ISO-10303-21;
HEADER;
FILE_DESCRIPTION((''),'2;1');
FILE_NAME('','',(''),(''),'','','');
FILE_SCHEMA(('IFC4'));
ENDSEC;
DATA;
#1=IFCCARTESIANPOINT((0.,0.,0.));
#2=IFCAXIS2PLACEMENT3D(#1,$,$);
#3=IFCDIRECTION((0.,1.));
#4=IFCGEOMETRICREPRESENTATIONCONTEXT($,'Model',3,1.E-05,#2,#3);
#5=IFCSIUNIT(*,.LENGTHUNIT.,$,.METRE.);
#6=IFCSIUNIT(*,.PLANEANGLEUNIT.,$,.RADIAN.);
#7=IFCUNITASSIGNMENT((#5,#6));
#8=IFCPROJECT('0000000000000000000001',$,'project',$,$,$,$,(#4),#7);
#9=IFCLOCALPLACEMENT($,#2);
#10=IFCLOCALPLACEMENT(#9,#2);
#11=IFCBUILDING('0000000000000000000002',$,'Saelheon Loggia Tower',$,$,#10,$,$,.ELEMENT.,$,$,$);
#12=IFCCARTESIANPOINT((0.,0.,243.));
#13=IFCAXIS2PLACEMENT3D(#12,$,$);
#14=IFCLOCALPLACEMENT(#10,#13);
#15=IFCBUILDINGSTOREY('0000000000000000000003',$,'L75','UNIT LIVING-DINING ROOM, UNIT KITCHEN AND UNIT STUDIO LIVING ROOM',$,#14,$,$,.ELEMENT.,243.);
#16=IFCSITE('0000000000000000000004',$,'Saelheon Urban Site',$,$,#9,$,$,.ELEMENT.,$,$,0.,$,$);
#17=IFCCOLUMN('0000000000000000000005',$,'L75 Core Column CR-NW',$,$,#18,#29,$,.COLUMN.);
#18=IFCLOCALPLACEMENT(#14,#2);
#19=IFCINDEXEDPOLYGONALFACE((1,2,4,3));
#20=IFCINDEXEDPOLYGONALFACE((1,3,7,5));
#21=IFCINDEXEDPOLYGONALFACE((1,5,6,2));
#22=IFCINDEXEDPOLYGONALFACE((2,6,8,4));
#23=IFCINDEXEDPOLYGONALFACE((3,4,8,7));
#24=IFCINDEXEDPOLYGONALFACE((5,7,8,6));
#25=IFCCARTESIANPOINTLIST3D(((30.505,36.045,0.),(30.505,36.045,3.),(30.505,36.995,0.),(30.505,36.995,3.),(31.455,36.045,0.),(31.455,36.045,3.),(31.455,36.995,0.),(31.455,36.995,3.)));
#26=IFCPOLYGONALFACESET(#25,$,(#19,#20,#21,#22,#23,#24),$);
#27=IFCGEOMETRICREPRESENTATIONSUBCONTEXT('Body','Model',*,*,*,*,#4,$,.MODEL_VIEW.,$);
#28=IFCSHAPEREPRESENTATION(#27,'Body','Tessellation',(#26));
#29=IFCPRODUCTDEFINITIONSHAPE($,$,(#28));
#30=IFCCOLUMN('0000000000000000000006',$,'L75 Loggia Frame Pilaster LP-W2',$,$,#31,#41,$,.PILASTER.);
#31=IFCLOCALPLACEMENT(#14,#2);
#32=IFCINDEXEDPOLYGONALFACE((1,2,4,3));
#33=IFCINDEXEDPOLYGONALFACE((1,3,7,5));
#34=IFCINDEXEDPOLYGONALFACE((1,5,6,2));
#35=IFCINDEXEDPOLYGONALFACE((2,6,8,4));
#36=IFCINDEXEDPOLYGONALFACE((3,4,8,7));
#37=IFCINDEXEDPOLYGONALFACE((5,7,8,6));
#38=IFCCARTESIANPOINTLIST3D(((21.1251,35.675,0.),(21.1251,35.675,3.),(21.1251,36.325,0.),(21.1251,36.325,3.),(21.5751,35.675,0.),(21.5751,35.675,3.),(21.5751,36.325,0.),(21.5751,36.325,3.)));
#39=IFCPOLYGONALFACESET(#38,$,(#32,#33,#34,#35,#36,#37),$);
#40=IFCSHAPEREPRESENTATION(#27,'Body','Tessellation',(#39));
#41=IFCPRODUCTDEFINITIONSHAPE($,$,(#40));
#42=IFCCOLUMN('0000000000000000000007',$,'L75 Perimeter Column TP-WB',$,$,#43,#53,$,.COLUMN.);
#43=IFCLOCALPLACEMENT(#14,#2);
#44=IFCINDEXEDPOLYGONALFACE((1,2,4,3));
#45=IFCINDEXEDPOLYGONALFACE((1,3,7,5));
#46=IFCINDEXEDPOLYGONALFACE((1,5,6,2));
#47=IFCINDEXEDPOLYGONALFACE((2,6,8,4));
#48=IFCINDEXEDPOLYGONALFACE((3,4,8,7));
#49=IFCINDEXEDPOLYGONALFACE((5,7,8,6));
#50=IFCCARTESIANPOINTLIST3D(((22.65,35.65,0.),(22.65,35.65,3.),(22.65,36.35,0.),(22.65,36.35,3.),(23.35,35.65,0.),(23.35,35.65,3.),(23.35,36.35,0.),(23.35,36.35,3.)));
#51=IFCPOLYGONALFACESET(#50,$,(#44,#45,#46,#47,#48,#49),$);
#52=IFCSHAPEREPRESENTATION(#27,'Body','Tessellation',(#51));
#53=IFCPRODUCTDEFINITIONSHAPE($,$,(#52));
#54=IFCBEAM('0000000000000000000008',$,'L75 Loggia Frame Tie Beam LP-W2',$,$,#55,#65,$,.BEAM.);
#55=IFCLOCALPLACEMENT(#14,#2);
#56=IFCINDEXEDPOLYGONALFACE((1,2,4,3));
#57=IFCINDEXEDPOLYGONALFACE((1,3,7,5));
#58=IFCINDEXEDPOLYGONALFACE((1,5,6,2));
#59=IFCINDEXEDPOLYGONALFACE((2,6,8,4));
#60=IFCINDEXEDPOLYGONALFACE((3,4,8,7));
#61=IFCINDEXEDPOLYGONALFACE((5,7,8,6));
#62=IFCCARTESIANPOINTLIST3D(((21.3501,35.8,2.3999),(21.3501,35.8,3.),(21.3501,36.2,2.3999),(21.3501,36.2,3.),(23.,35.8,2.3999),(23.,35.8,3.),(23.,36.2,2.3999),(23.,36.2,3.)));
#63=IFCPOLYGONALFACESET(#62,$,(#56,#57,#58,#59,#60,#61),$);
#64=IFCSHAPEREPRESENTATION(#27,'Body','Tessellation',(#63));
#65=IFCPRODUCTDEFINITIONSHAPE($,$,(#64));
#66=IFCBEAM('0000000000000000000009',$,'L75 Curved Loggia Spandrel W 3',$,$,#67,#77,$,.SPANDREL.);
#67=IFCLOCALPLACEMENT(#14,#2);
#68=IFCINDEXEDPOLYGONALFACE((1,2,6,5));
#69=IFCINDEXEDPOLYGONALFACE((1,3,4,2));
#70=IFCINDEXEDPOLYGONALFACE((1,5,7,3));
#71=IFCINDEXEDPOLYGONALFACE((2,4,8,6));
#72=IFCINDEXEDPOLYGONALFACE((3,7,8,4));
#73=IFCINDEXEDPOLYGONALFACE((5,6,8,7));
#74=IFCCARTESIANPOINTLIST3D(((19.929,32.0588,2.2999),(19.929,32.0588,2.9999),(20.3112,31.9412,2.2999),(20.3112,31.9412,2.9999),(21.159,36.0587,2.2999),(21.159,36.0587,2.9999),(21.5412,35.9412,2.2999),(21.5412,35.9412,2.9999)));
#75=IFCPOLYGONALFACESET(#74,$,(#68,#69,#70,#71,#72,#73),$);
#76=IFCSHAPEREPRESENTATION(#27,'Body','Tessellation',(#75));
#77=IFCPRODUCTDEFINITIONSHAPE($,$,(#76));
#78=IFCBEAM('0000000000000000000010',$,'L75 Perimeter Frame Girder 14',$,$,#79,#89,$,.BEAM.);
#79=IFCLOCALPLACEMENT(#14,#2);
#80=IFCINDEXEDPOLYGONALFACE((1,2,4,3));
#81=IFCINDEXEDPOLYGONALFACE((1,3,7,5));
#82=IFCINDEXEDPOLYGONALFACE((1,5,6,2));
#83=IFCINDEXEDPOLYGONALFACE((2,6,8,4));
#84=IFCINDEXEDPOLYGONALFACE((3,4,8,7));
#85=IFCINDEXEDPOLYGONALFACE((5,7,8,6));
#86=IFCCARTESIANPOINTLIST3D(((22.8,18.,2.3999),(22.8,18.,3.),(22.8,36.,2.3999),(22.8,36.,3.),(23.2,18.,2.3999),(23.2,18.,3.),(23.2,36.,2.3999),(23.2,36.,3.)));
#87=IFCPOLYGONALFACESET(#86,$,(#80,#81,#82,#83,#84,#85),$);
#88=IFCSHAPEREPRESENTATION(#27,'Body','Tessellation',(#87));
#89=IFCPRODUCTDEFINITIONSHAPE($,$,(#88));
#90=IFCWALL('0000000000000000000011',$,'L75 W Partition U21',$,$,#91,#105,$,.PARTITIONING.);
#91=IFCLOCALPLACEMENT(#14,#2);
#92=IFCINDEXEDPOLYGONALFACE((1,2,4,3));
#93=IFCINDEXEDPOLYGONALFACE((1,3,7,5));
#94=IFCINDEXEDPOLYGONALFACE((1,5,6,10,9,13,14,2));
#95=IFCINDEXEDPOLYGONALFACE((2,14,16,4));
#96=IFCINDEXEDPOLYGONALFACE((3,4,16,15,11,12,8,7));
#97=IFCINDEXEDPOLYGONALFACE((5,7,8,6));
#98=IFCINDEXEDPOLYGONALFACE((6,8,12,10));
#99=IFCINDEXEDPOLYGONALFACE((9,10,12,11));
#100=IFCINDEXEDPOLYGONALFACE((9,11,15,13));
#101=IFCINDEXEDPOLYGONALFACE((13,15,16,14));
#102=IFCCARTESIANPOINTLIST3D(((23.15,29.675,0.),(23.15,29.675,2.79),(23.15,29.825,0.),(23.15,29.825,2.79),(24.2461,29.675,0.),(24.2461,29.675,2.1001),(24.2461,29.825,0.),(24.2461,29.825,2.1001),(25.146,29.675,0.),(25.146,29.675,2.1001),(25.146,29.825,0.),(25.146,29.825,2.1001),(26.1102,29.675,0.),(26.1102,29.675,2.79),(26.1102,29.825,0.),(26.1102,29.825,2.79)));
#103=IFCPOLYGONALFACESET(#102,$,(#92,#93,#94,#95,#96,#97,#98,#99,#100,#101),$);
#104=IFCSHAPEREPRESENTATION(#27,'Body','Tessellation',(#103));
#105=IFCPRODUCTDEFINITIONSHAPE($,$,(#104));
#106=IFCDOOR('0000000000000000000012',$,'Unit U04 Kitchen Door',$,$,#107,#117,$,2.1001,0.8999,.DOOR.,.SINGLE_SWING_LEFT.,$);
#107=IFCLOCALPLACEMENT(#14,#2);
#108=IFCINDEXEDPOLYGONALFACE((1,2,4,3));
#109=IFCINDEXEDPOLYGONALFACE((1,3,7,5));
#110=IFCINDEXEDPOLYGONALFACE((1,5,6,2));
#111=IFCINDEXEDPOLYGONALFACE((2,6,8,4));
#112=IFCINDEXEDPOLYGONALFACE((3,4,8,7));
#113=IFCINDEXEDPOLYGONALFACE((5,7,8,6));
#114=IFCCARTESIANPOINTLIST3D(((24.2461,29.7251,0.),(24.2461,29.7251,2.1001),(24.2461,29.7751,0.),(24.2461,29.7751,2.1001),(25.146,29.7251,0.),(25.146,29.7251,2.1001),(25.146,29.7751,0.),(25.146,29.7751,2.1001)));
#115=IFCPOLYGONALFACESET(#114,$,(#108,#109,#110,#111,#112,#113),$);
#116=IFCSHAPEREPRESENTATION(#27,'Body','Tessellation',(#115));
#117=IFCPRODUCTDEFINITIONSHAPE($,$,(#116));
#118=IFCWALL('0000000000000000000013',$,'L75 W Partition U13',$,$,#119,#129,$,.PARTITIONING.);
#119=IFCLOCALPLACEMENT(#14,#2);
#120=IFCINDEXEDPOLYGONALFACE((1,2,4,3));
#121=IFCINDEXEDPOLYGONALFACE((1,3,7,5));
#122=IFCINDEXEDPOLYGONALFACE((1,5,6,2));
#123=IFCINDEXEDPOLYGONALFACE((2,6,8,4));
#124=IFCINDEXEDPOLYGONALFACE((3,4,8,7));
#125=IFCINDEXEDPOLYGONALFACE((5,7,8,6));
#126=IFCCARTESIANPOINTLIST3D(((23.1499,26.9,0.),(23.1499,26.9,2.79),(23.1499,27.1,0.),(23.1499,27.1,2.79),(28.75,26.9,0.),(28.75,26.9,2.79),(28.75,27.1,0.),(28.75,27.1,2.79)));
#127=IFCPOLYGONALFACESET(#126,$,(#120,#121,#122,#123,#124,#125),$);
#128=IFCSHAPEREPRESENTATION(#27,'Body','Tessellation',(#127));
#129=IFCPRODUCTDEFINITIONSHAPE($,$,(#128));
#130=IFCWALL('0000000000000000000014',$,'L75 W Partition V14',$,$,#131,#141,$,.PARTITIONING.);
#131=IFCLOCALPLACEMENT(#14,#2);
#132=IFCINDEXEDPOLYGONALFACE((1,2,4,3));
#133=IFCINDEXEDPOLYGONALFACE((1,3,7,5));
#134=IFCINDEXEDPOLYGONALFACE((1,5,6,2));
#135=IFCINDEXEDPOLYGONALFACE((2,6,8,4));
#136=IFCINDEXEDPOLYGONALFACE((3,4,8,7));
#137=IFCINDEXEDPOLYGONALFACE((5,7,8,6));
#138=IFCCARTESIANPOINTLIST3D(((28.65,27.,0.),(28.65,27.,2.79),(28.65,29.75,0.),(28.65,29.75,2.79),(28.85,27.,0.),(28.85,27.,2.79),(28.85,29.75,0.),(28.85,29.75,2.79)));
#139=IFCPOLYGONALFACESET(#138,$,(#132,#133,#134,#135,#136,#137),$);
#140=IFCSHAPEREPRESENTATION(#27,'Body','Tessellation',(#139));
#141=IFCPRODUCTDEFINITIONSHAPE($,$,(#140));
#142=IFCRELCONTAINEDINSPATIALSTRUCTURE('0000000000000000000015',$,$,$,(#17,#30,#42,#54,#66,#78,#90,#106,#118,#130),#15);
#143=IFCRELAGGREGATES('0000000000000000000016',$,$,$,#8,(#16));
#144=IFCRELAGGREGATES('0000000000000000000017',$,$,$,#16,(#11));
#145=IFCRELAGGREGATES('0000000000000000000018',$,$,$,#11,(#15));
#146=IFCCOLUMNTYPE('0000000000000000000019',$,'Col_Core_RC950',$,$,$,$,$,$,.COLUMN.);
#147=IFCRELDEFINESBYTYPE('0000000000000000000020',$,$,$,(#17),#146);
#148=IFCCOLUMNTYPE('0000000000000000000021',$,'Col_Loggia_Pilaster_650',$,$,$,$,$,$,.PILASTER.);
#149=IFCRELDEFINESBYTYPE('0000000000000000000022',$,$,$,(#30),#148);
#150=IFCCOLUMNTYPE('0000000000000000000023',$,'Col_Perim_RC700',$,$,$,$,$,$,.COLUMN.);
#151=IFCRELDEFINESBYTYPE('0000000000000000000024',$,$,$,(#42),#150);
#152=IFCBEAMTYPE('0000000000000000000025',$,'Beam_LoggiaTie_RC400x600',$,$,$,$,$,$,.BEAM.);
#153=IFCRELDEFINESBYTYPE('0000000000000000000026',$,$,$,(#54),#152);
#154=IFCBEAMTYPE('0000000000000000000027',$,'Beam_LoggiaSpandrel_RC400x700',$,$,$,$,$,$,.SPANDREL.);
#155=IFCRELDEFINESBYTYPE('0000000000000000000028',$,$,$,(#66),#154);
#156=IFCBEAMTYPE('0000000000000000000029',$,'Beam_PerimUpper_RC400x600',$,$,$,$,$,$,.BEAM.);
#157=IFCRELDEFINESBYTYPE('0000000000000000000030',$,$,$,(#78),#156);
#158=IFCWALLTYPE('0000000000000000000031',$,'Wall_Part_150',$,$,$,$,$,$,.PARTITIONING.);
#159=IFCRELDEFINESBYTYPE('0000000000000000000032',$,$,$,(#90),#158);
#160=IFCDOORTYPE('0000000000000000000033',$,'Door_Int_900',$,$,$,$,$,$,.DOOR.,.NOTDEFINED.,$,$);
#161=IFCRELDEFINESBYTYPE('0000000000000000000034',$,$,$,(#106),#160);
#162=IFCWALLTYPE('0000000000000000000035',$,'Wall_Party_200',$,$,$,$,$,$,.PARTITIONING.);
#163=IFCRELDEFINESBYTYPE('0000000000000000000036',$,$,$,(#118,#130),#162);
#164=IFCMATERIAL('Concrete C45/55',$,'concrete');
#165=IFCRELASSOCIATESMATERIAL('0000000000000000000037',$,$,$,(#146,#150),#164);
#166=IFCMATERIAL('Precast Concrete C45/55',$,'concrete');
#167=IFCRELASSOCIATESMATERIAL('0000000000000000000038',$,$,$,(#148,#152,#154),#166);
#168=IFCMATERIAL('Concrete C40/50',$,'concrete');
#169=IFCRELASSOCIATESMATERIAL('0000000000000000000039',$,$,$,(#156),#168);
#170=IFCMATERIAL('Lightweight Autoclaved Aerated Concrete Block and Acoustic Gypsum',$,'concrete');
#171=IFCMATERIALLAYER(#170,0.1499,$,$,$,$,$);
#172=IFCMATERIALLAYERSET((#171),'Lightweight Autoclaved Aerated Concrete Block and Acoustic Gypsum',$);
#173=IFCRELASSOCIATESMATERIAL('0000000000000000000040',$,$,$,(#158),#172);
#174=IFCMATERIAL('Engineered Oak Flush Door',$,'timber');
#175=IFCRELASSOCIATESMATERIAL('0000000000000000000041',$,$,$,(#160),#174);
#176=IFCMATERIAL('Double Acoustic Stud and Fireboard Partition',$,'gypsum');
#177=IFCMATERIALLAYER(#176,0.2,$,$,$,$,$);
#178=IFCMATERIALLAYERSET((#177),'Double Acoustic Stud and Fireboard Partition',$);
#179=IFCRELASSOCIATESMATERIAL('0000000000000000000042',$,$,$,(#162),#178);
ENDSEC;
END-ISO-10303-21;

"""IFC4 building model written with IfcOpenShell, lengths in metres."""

from ifc_helpers import new_model, si_unit, direction, frame, frame_2d, origin, origin_2d, place, context, subcontext, project, spatial, rectangle, extrude, source, transform, mapped, material, layer, layer_set, material_profile, profile_set, type_object, element, fill, save


model = new_model("IFC4")

# Units and contexts
model_context = context("Model", 3, precision=1e-05, world=origin(), true_north=direction((0.0, 1.0)))
body_context = subcontext(model_context, "Body", "Model", "MODEL_VIEW")
ifc_project = project(units=[si_unit("LENGTHUNIT", "METRE"), si_unit("PLANEANGLEUNIT", "RADIAN")], contexts=[model_context])

# Site, building, storey
site_placement = place(None, origin())
site = spatial("IfcSite", under=ifc_project, at=site_placement, Name="Saelheon Urban Site", CompositionType="ELEMENT", RefElevation=0.0)
building_placement = place(site_placement, origin())
building = spatial("IfcBuilding", under=site, at=building_placement, Name="Saelheon Loggia Tower", CompositionType="ELEMENT")
storey_placement = place(building_placement, frame((0.0, 0.0, 243.0)))
storey = spatial("IfcBuildingStorey", under=building, at=storey_placement, Name="L75", Description="UNIT LIVING-DINING ROOM, UNIT KITCHEN AND UNIT STUDIO LIVING ROOM", CompositionType="ELEMENT", Elevation=243.0)

# Columns
ifc_material_1 = material(Name="Concrete C45/55", Category="concrete")
ifc_material_profile_1 = material_profile(ifc_material_1, rectangle(XDim=0.95, YDim=0.95, at=origin_2d()), Name="RC-950x950")
ifc_profile_set_1 = profile_set([ifc_material_profile_1], Name="Concrete C45/55")
column_type_1 = type_object("IfcColumnType", Name="Col_Core_RC950", PredefinedType="COLUMN", material=ifc_profile_set_1)
shared_shape_1 = source(origin(), body_context, "Body", "SweptSolid", [
    extrude(rectangle(XDim=0.95, YDim=0.95, at=origin_2d()), origin(), (0.0, 0.0, 1.0), 3.0),
])
column_1_placement = place(storey_placement, frame((30.98, 36.52, 0.0), z_axis=(0.0, 0.0, 1.0), x_axis=(1.0, 0.0, 0.0)))
element("IfcColumn", 1, at=column_1_placement, inside=storey, type_object=column_type_1, Name="L75 Core Column CR-NW", PredefinedType="COLUMN", context=body_context, shape_type="MappedRepresentation", body=[
    mapped(shared_shape_1, transform((0.0, 0.0, 0.0), scale=1.0)),
])
ifc_material_2 = material(Name="Precast Concrete C45/55", Category="concrete")
ifc_material_profile_2 = material_profile(ifc_material_2, rectangle(XDim=0.45, YDim=0.6499, at=origin_2d()), Name="RC-450x650")
ifc_profile_set_2 = profile_set([ifc_material_profile_2], Name="Precast Concrete C45/55")
column_type_2 = type_object("IfcColumnType", Name="Col_Loggia_Pilaster_650", PredefinedType="PILASTER", material=ifc_profile_set_2)
shared_shape_2 = source(origin(), body_context, "Body", "SweptSolid", [
    extrude(rectangle(XDim=0.45, YDim=0.6499, at=origin_2d()), origin(), (0.0, 0.0, 1.0), 3.0),
])
column_2_placement = place(storey_placement, frame((21.3501, 36.0, 0.0), z_axis=(0.0, 0.0, 1.0), x_axis=(1.0, 0.0, 0.0)))
element("IfcColumn", 2, at=column_2_placement, inside=storey, type_object=column_type_2, Name="L75 Loggia Frame Pilaster LP-W2", PredefinedType="PILASTER", context=body_context, shape_type="MappedRepresentation", body=[
    mapped(shared_shape_2, transform((0.0, 0.0, 0.0), scale=1.0)),
])
ifc_material_profile_3 = material_profile(ifc_material_1, rectangle(XDim=0.7, YDim=0.7, at=origin_2d()), Name="RC-700x700")
ifc_profile_set_3 = profile_set([ifc_material_profile_3], Name="Concrete C45/55")
column_type_3 = type_object("IfcColumnType", Name="Col_Perim_RC700", PredefinedType="COLUMN", material=ifc_profile_set_3)
shared_shape_3 = source(origin(), body_context, "Body", "SweptSolid", [
    extrude(rectangle(XDim=0.7, YDim=0.7, at=origin_2d()), origin(), (0.0, 0.0, 1.0), 3.0),
])
column_3_placement = place(storey_placement, frame((23.0, 36.0, 0.0), z_axis=(0.0, 0.0, 1.0), x_axis=(1.0, 0.0, 0.0)))
element("IfcColumn", 3, at=column_3_placement, inside=storey, type_object=column_type_3, Name="L75 Perimeter Column TP-WB", PredefinedType="COLUMN", context=body_context, shape_type="MappedRepresentation", body=[
    mapped(shared_shape_3, transform((0.0, 0.0, 0.0), scale=1.0)),
])

# Beams
ifc_material_profile_4 = material_profile(ifc_material_2, rectangle(XDim=0.3999, YDim=0.6001, at=origin_2d()), Name="RC-400x600")
ifc_profile_set_4 = profile_set([ifc_material_profile_4], Name="Precast Concrete C45/55")
beam_type_1 = type_object("IfcBeamType", Name="Beam_LoggiaTie_RC400x600", PredefinedType="BEAM", material=ifc_profile_set_4)
shared_shape_4 = source(origin(), body_context, "Body", "SweptSolid", [
    extrude(rectangle(XDim=0.3999, YDim=0.6001, at=origin_2d()), origin(), (0.0, 0.0, 1.0), 1.6499),
])
beam_1_placement = place(storey_placement, frame((23.0, 36.0, 2.7), z_axis=(-1.0, 0.0, 0.0), x_axis=(0.0, -1.0, 0.0)))
element("IfcBeam", 4, at=beam_1_placement, inside=storey, type_object=beam_type_1, Name="L75 Loggia Frame Tie Beam LP-W2", PredefinedType="BEAM", context=body_context, shape_type="MappedRepresentation", body=[
    mapped(shared_shape_4, transform((0.0, 0.0, 0.0), scale=1.0)),
])
ifc_material_profile_5 = material_profile(ifc_material_2, rectangle(XDim=0.3999, YDim=0.7, at=origin_2d()), Name="RC-400x700")
ifc_profile_set_5 = profile_set([ifc_material_profile_5], Name="Precast Concrete C45/55")
beam_type_2 = type_object("IfcBeamType", Name="Beam_LoggiaSpandrel_RC400x700", PredefinedType="SPANDREL", material=ifc_profile_set_5)
shared_shape_5 = source(origin(), body_context, "Body", "SweptSolid", [
    extrude(rectangle(XDim=0.3999, YDim=0.7, at=origin_2d()), origin(), (0.0, 0.0, 1.0), 4.1848),
])
beam_2_placement = place(storey_placement, frame((20.1201, 32.0, 2.6499), z_axis=(0.293914, 0.955832, 0.0), x_axis=(-0.955832, 0.293914, 0.0)))
element("IfcBeam", 5, at=beam_2_placement, inside=storey, type_object=beam_type_2, Name="L75 Curved Loggia Spandrel W 3", PredefinedType="SPANDREL", context=body_context, shape_type="MappedRepresentation", body=[
    mapped(shared_shape_5, transform((0.0, 0.0, 0.0), scale=1.0)),
])
ifc_material_3 = material(Name="Concrete C40/50", Category="concrete")
ifc_material_profile_6 = material_profile(ifc_material_3, rectangle(XDim=0.3999, YDim=0.6001, at=origin_2d()), Name="RC-400x600")
ifc_profile_set_6 = profile_set([ifc_material_profile_6], Name="Concrete C40/50")
beam_type_3 = type_object("IfcBeamType", Name="Beam_PerimUpper_RC400x600", PredefinedType="BEAM", material=ifc_profile_set_6)
shared_shape_6 = source(origin(), body_context, "Body", "SweptSolid", [
    extrude(rectangle(XDim=0.3999, YDim=0.6001, at=origin_2d()), origin(), (0.0, 0.0, 1.0), 18.0),
])
beam_3_placement = place(storey_placement, frame((23.0, 36.0, 2.7), z_axis=(0.0, -1.0, 0.0), x_axis=(1.0, 0.0, 0.0)))
element("IfcBeam", 6, at=beam_3_placement, inside=storey, type_object=beam_type_3, Name="L75 Perimeter Frame Girder 14", PredefinedType="BEAM", context=body_context, shape_type="MappedRepresentation", body=[
    mapped(shared_shape_6, transform((0.0, 0.0, 0.0), scale=1.0)),
])

# Wall, opening, door
ifc_material_4 = material(Name="Lightweight Autoclaved Aerated Concrete Block and Acoustic Gypsum", Category="concrete")
ifc_layer_1 = layer(ifc_material_4, 0.1499)
ifc_layer_set_1 = layer_set([ifc_layer_1], Name="Lightweight Autoclaved Aerated Concrete Block and Acoustic Gypsum")
wall_type_1 = type_object("IfcWallType", Name="Wall_Part_150", PredefinedType="PARTITIONING", material=ifc_layer_set_1)
wall_1_placement = place(storey_placement, frame((26.1101, 29.75, 0.0), z_axis=(0.0, 0.0, 1.0), x_axis=(-1.0, 0.0, 0.0)))
wall_1 = element("IfcWall", 7, at=wall_1_placement, inside=storey, type_object=wall_type_1, Name="L75 W Partition U21", PredefinedType="PARTITIONING", context=body_context, shape_type="SweptSolid", body=[
    extrude(rectangle(XDim=2.9602, YDim=0.1499, at=frame_2d((1.48, 0.0))), origin(), (0.0, 0.0, 1.0), 2.79),
])
opening_1_placement = place(wall_1_placement, frame((0.9641, 0.0, 0.0)))
opening_1 = element("IfcOpeningElement", 8, at=opening_1_placement, cuts=wall_1, PredefinedType="OPENING", context=body_context, shape_type="SweptSolid", body=[
    extrude(rectangle(XDim=0.8999, YDim=2.1001, at=frame_2d((0.45, 1.05))), frame((0.0, 0.0869, 0.0), z_axis=(0.0, -1.0, 0.0), x_axis=(1.0, 0.0, 0.0)), (0.0, 0.0, 1.0), 0.1738),
])
ifc_material_5 = material(Name="Engineered Oak Flush Door", Category="timber")
door_type_1 = type_object("IfcDoorType", Name="Door_Int_900", OperationType="NOTDEFINED", PredefinedType="DOOR", material=ifc_material_5)
shared_shape_7 = source(origin(), body_context, "Body", "SweptSolid", [
    extrude(rectangle(XDim=0.8999, YDim=2.1001, at=frame_2d((0.45, 1.05))), frame((0.0, 0.0249, 0.0), z_axis=(0.0, -1.0, 0.0), x_axis=(1.0, 0.0, 0.0)), (0.0, 0.0, 1.0), 0.05),
])
door_1_placement = place(opening_1_placement, origin())
door_1 = element("IfcDoor", 9, at=door_1_placement, inside=storey, type_object=door_type_1, Name="Unit U04 Kitchen Door", OperationType="SINGLE_SWING_LEFT", OverallHeight=2.1001, OverallWidth=0.8999, PredefinedType="DOOR", context=body_context, shape_type="MappedRepresentation", body=[
    mapped(shared_shape_7, transform((0.0, 0.0, 0.0), scale=1.0)),
])
fill(opening_1, door_1)

# Walls
ifc_material_6 = material(Name="Double Acoustic Stud and Fireboard Partition", Category="gypsum")
ifc_layer_2 = layer(ifc_material_6, 0.2)
ifc_layer_set_2 = layer_set([ifc_layer_2], Name="Double Acoustic Stud and Fireboard Partition")
wall_type_2 = type_object("IfcWallType", Name="Wall_Party_200", PredefinedType="PARTITIONING", material=ifc_layer_set_2)
wall_2_placement = place(storey_placement, frame((28.75, 27.0, 0.0), z_axis=(0.0, 0.0, 1.0), x_axis=(-1.0, 0.0, 0.0)))
element("IfcWall", 10, at=wall_2_placement, inside=storey, type_object=wall_type_2, Name="L75 W Partition U13", PredefinedType="PARTITIONING", context=body_context, shape_type="SweptSolid", body=[
    extrude(rectangle(XDim=5.6001, YDim=0.2, at=frame_2d((2.8, 0.0))), origin(), (0.0, 0.0, 1.0), 2.79),
])
wall_3_placement = place(storey_placement, frame((28.75, 27.0, 0.0), z_axis=(0.0, 0.0, 1.0), x_axis=(0.0, 1.0, 0.0)))
element("IfcWall", 11, at=wall_3_placement, inside=storey, type_object=wall_type_2, Name="L75 W Partition V14", PredefinedType="PARTITIONING", context=body_context, shape_type="SweptSolid", body=[
    extrude(rectangle(XDim=2.75, YDim=0.2, at=frame_2d((1.375, 0.0))), origin(), (0.0, 0.0, 1.0), 2.79),
])

save(model, "model.ifc")
